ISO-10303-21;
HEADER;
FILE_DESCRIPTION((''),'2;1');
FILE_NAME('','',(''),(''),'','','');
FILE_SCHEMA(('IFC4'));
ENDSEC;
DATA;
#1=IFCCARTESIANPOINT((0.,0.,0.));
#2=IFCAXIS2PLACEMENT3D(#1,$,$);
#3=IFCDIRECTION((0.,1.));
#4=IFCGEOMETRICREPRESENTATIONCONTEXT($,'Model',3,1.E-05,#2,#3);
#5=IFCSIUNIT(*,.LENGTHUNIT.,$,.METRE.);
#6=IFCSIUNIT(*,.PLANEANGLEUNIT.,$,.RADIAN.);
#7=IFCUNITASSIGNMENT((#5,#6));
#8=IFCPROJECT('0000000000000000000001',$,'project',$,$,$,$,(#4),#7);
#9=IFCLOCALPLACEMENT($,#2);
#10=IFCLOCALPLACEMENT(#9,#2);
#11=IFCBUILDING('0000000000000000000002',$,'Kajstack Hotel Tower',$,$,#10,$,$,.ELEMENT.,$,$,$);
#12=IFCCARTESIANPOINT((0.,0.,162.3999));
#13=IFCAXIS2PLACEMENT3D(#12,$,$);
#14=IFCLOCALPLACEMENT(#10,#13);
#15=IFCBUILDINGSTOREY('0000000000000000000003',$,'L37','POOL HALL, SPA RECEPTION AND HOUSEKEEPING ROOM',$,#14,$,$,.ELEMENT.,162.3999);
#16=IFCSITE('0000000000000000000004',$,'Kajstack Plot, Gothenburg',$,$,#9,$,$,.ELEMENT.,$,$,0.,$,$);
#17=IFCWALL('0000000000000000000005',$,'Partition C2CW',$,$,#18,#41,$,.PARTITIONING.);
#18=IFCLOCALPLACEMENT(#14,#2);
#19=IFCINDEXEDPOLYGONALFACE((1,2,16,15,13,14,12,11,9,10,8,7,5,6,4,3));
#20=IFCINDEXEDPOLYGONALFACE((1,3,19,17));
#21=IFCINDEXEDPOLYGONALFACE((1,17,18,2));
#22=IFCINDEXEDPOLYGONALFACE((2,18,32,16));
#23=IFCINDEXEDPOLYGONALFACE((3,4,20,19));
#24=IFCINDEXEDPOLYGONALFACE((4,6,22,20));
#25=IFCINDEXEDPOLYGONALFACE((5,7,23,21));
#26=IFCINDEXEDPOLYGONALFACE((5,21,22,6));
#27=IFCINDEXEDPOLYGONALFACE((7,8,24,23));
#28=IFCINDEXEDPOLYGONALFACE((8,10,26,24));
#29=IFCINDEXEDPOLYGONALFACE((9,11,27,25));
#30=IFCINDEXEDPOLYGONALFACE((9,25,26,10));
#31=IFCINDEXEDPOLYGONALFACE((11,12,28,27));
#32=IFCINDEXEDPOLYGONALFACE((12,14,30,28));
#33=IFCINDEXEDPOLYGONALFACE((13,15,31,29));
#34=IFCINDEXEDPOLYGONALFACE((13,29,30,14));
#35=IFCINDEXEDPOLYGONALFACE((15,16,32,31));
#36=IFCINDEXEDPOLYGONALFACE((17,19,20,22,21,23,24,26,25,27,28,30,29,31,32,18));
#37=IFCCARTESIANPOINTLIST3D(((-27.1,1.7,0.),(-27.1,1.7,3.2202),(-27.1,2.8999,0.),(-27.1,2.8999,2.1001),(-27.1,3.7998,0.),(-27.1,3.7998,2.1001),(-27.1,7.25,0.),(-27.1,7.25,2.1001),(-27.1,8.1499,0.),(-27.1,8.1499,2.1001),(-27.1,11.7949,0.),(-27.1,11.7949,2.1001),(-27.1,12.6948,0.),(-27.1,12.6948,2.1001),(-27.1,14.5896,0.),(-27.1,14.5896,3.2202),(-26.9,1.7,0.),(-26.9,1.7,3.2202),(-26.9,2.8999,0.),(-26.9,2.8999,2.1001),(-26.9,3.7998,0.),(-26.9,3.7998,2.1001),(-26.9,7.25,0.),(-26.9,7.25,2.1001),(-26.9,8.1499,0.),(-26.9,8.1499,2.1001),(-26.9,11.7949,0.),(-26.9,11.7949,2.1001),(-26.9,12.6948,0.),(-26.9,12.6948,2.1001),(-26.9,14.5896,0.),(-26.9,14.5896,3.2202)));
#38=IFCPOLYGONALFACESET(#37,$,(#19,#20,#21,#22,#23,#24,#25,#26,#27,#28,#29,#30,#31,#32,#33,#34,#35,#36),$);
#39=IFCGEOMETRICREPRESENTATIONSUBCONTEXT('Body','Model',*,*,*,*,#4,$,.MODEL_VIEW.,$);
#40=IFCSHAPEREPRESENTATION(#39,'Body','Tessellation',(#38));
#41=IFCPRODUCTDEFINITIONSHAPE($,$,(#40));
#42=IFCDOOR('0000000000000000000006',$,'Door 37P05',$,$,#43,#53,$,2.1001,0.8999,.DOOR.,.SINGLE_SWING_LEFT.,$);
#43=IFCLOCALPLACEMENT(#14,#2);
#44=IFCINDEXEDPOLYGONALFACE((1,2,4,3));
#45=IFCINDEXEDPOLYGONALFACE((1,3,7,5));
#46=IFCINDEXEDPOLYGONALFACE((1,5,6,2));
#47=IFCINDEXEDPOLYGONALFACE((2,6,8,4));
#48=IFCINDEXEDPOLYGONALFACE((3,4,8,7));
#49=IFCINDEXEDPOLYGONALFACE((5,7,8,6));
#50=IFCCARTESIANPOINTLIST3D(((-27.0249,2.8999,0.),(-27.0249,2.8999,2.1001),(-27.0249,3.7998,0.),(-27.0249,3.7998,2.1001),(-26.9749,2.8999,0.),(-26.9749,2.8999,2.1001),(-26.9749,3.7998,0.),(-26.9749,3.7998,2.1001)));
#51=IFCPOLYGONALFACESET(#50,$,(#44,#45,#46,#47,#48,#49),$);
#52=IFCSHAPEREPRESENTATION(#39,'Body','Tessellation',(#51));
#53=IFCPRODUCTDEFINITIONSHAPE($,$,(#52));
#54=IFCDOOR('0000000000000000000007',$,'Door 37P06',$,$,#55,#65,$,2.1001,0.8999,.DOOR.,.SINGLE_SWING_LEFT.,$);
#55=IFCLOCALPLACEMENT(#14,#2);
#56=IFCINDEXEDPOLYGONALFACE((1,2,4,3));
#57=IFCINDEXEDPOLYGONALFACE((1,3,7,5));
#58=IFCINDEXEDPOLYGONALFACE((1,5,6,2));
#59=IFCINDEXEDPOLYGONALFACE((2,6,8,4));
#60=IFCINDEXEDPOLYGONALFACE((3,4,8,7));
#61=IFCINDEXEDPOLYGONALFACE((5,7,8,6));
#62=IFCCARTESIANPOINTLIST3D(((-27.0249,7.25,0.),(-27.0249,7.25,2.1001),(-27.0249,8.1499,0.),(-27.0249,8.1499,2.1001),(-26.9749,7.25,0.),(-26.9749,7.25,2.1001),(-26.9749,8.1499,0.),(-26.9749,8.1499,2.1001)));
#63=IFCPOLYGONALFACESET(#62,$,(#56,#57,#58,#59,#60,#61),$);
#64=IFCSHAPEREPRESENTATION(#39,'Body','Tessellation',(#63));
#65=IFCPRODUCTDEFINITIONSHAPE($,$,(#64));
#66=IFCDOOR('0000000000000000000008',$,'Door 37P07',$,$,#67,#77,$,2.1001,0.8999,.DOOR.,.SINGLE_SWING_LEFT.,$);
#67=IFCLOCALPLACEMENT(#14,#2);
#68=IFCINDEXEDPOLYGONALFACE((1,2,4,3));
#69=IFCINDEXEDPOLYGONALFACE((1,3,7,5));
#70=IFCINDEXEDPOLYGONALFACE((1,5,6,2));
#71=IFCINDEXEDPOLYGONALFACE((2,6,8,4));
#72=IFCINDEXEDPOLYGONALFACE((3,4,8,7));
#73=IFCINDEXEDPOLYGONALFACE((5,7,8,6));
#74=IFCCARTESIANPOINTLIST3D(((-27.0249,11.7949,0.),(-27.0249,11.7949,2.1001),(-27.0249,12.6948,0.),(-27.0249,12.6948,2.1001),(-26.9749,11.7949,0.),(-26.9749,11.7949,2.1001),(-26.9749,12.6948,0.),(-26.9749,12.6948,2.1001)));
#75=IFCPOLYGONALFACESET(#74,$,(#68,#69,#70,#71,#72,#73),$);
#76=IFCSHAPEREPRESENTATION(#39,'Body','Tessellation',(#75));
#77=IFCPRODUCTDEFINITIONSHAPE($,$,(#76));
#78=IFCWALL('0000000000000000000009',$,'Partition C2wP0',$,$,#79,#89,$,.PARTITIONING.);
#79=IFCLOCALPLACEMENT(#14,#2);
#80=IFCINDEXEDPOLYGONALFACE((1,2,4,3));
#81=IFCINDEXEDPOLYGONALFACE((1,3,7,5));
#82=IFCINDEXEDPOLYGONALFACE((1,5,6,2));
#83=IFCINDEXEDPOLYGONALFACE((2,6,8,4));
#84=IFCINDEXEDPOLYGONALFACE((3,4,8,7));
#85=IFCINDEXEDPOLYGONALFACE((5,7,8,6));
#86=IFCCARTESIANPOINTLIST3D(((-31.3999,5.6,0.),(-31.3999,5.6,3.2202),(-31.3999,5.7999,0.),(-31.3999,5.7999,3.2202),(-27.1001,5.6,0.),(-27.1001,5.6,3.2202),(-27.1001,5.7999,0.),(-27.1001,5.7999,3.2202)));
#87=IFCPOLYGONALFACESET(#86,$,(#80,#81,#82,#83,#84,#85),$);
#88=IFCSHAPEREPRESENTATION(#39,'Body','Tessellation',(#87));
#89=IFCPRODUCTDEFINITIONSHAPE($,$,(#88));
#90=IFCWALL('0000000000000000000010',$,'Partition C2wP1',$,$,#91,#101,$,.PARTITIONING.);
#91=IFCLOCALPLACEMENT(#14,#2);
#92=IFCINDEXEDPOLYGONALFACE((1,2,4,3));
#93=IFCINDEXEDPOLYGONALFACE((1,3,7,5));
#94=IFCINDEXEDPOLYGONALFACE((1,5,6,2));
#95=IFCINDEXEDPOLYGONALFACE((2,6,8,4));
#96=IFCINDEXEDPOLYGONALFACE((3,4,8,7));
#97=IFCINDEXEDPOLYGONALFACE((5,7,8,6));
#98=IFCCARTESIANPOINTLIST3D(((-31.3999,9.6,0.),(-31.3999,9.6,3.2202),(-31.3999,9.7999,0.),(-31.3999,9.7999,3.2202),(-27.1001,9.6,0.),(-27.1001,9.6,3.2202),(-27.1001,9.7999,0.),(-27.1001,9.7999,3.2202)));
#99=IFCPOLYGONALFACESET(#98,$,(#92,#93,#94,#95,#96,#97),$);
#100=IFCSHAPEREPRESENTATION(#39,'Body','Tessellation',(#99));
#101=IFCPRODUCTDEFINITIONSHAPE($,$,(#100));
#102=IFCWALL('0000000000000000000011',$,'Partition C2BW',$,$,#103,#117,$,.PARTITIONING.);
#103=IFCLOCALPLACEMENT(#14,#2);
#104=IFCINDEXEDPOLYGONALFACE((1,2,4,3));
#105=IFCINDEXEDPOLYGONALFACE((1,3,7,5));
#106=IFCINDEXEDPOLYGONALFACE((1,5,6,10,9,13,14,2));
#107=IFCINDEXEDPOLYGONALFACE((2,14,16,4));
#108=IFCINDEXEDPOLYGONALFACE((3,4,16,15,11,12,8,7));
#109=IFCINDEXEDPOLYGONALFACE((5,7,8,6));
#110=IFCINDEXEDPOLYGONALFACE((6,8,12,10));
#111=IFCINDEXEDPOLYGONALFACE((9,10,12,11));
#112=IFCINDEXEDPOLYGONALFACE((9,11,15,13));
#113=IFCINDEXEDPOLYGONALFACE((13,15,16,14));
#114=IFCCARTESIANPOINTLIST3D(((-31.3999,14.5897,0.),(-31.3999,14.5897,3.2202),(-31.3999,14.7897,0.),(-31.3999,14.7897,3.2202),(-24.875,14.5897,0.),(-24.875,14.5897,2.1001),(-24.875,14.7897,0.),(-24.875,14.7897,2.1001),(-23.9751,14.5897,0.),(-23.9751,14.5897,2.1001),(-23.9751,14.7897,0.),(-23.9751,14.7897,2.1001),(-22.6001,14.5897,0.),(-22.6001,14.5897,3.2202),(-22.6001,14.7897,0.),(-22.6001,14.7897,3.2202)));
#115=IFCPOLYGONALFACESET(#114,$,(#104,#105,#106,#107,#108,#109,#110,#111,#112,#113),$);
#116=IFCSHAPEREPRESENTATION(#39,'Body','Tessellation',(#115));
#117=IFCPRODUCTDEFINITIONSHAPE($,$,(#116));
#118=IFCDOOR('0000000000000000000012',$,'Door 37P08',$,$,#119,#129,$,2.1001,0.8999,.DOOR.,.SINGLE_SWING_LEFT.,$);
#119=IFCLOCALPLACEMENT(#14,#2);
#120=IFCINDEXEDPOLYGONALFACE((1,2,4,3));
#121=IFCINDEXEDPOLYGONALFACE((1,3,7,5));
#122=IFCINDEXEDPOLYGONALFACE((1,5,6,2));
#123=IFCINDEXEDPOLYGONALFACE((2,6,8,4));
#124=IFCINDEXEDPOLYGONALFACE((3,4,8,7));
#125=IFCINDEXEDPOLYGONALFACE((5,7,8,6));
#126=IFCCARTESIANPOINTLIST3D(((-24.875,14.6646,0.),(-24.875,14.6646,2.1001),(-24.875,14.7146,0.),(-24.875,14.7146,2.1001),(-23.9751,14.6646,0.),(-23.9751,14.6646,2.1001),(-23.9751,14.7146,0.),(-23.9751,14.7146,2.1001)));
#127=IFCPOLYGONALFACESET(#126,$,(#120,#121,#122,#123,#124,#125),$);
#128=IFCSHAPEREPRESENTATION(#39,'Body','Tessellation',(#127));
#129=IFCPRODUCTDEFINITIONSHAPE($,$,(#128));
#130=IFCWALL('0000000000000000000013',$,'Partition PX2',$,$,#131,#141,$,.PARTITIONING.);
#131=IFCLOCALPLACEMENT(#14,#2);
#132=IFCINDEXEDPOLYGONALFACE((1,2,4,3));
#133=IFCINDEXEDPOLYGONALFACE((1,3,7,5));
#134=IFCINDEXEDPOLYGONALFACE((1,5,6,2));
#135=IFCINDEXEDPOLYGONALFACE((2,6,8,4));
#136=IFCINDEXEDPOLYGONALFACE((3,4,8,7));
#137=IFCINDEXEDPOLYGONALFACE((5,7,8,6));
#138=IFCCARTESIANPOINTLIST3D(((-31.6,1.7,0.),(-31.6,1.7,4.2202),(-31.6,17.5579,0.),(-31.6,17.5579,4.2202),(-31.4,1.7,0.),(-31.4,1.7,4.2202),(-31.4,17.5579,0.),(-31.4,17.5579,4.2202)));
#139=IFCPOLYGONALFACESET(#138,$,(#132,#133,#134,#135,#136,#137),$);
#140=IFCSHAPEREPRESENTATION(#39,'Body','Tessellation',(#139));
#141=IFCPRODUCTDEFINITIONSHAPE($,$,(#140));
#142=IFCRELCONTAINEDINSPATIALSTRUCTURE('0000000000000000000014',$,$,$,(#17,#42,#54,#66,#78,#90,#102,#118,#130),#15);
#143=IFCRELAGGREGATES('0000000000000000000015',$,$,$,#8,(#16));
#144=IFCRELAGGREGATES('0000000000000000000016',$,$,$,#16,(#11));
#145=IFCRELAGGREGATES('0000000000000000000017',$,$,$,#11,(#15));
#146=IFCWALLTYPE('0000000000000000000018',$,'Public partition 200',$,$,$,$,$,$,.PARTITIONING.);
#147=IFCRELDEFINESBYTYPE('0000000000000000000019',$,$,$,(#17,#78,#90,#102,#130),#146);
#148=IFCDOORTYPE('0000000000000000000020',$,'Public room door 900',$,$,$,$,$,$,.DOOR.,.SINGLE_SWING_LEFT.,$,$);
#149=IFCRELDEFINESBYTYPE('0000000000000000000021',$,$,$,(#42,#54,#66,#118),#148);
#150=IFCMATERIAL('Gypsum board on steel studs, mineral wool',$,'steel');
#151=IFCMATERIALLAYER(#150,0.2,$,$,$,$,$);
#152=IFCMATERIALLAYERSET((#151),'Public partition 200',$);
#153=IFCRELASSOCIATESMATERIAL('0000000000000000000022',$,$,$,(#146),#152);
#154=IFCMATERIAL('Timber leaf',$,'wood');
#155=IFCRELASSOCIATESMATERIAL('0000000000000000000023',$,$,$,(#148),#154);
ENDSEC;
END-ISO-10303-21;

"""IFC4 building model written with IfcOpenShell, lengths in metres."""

from ifc_helpers import new_model, si_unit, direction, frame, frame_2d, origin, place, context, subcontext, project, spatial, rectangle, extrude, material, layer, layer_set, type_object, element, fill, save


model = new_model("IFC4")

# Units and contexts
model_context = context("Model", 3, precision=1e-05, world=origin(), true_north=direction((0.0, 1.0)))
body_context = subcontext(model_context, "Body", "Model", "MODEL_VIEW")
ifc_project = project(units=[si_unit("LENGTHUNIT", "METRE"), si_unit("PLANEANGLEUNIT", "RADIAN")], contexts=[model_context])

# Site, building, storey
site_placement = place(None, origin())
site = spatial("IfcSite", under=ifc_project, at=site_placement, Name="Kajstack Plot, Gothenburg", CompositionType="ELEMENT", RefElevation=0.0)
building_placement = place(site_placement, origin())
building = spatial("IfcBuilding", under=site, at=building_placement, Name="Kajstack Hotel Tower", CompositionType="ELEMENT")
storey_placement = place(building_placement, frame((0.0, 0.0, 162.3999)))
storey = spatial("IfcBuildingStorey", under=building, at=storey_placement, Name="L37", Description="POOL HALL, SPA RECEPTION AND HOUSEKEEPING ROOM", CompositionType="ELEMENT", Elevation=162.3999)

# Shared definitions
ifc_material_1 = material(Name="Gypsum board on steel studs, mineral wool", Category="steel")
ifc_layer_1 = layer(ifc_material_1, 0.2)
ifc_layer_set_1 = layer_set([ifc_layer_1], Name="Public partition 200")
wall_type = type_object("IfcWallType", Name="Public partition 200", PredefinedType="PARTITIONING", material=ifc_layer_set_1)

# Wall, openings, doors
wall_1_placement = place(storey_placement, frame((-27.0, 1.7, 0.0), z_axis=(0.0, 0.0, 1.0), x_axis=(0.0, 1.0, 0.0)))
wall_1 = element("IfcWall", 1, at=wall_1_placement, inside=storey, type_object=wall_type, Name="Partition C2CW", PredefinedType="PARTITIONING", context=body_context, shape_type="SweptSolid", body=[
    extrude(rectangle(XDim=12.8896, YDim=0.2, at=frame_2d((6.4448, 0.0))), origin(), (0.0, 0.0, 1.0), 3.2202),
])
opening_1_placement = place(wall_1_placement, frame((1.2, 0.0, 0.0)))
opening_1 = element("IfcOpeningElement", 2, at=opening_1_placement, cuts=wall_1, PredefinedType="OPENING", context=body_context, shape_type="SweptSolid", body=[
    extrude(rectangle(XDim=0.8999, YDim=2.1001, at=frame_2d((0.45, 1.05))), frame((0.0, 0.1099, 0.0), z_axis=(0.0, -1.0, 0.0), x_axis=(1.0, 0.0, 0.0)), (0.0, 0.0, 1.0), 0.22),
])
opening_2_placement = place(wall_1_placement, frame((5.55, 0.0, 0.0)))
opening_2 = element("IfcOpeningElement", 3, at=opening_2_placement, cuts=wall_1, PredefinedType="OPENING", context=body_context, shape_type="SweptSolid", body=[
    extrude(rectangle(XDim=0.8999, YDim=2.1001, at=frame_2d((0.45, 1.05))), frame((0.0, 0.1099, 0.0), z_axis=(0.0, -1.0, 0.0), x_axis=(1.0, 0.0, 0.0)), (0.0, 0.0, 1.0), 0.22),
])
opening_3_placement = place(wall_1_placement, frame((10.095, 0.0, 0.0)))
opening_3 = element("IfcOpeningElement", 4, at=opening_3_placement, cuts=wall_1, PredefinedType="OPENING", context=body_context, shape_type="SweptSolid", body=[
    extrude(rectangle(XDim=0.8999, YDim=2.1001, at=frame_2d((0.45, 1.05))), frame((0.0, 0.1099, 0.0), z_axis=(0.0, -1.0, 0.0), x_axis=(1.0, 0.0, 0.0)), (0.0, 0.0, 1.0), 0.22),
])
ifc_material_2 = material(Name="Timber leaf", Category="wood")
door_type = type_object("IfcDoorType", Name="Public room door 900", OperationType="SINGLE_SWING_LEFT", PredefinedType="DOOR", material=ifc_material_2)
door_1_placement = place(opening_1_placement, origin())
door_1 = element("IfcDoor", 5, at=door_1_placement, inside=storey, type_object=door_type, Name="Door 37P05", OperationType="SINGLE_SWING_LEFT", OverallHeight=2.1001, OverallWidth=0.8999, PredefinedType="DOOR", context=body_context, shape_type="SweptSolid", body=[
    extrude(rectangle(XDim=0.8999, YDim=2.1001, at=frame_2d((0.45, 1.05))), frame((0.0, 0.0249, 0.0), z_axis=(0.0, -1.0, 0.0), x_axis=(1.0, 0.0, 0.0)), (0.0, 0.0, 1.0), 0.05),
])
fill(opening_1, door_1)
door_2_placement = place(opening_2_placement, origin())
door_2 = element("IfcDoor", 6, at=door_2_placement, inside=storey, type_object=door_type, Name="Door 37P06", OperationType="SINGLE_SWING_LEFT", OverallHeight=2.1001, OverallWidth=0.8999, PredefinedType="DOOR", context=body_context, shape_type="SweptSolid", body=[
    extrude(rectangle(XDim=0.8999, YDim=2.1001, at=frame_2d((0.45, 1.05))), frame((0.0, 0.0249, 0.0), z_axis=(0.0, -1.0, 0.0), x_axis=(1.0, 0.0, 0.0)), (0.0, 0.0, 1.0), 0.05),
])
fill(opening_2, door_2)
door_3_placement = place(opening_3_placement, origin())
door_3 = element("IfcDoor", 7, at=door_3_placement, inside=storey, type_object=door_type, Name="Door 37P07", OperationType="SINGLE_SWING_LEFT", OverallHeight=2.1001, OverallWidth=0.8999, PredefinedType="DOOR", context=body_context, shape_type="SweptSolid", body=[
    extrude(rectangle(XDim=0.8999, YDim=2.1001, at=frame_2d((0.45, 1.05))), frame((0.0, 0.0249, 0.0), z_axis=(0.0, -1.0, 0.0), x_axis=(1.0, 0.0, 0.0)), (0.0, 0.0, 1.0), 0.05),
])
fill(opening_3, door_3)

# Walls
for number, where, z_axis, x_axis, name in (
    (8, (-31.3999, 5.7, 0.0), (0.0, 0.0, 1.0), (1.0, 0.0, 0.0), "Partition C2wP0"),
    (9, (-31.3999, 9.7, 0.0), (0.0, 0.0, 1.0), (1.0, 0.0, 0.0), "Partition C2wP1"),
):
    element("IfcWall", number, at=place(storey_placement, frame(where, z_axis=z_axis, x_axis=x_axis)), inside=storey, type_object=wall_type, Name=name, PredefinedType="PARTITIONING", context=body_context, shape_type="SweptSolid", body=[
        extrude(rectangle(XDim=4.2998, YDim=0.2, at=frame_2d((2.1499, 0.0))), origin(), (0.0, 0.0, 1.0), 3.2202),
    ])

# Wall, opening, door
wall_2_placement = place(storey_placement, frame((-31.3999, 14.6897, 0.0), z_axis=(0.0, 0.0, 1.0), x_axis=(1.0, 0.0, 0.0)))
wall_2 = element("IfcWall", 10, at=wall_2_placement, inside=storey, type_object=wall_type, Name="Partition C2BW", PredefinedType="PARTITIONING", context=body_context, shape_type="SweptSolid", body=[
    extrude(rectangle(XDim=8.7998, YDim=0.2, at=frame_2d((4.3999, 0.0))), origin(), (0.0, 0.0, 1.0), 3.2202),
])
opening_4_placement = place(wall_2_placement, frame((6.5249, 0.0, 0.0)))
opening_4 = element("IfcOpeningElement", 11, at=opening_4_placement, cuts=wall_2, PredefinedType="OPENING", context=body_context, shape_type="SweptSolid", body=[
    extrude(rectangle(XDim=0.8999, YDim=2.1001, at=frame_2d((0.45, 1.05))), frame((0.0, 0.1099, 0.0), z_axis=(0.0, -1.0, 0.0), x_axis=(1.0, 0.0, 0.0)), (0.0, 0.0, 1.0), 0.22),
])
door_4_placement = place(opening_4_placement, origin())
door_4 = element("IfcDoor", 12, at=door_4_placement, inside=storey, type_object=door_type, Name="Door 37P08", OperationType="SINGLE_SWING_LEFT", OverallHeight=2.1001, OverallWidth=0.8999, PredefinedType="DOOR", context=body_context, shape_type="SweptSolid", body=[
    extrude(rectangle(XDim=0.8999, YDim=2.1001, at=frame_2d((0.45, 1.05))), frame((0.0, 0.0249, 0.0), z_axis=(0.0, -1.0, 0.0), x_axis=(1.0, 0.0, 0.0)), (0.0, 0.0, 1.0), 0.05),
])
fill(opening_4, door_4)

# Wall
wall_3_placement = place(storey_placement, frame((-31.5, 1.7, 0.0), z_axis=(0.0, 0.0, 1.0), x_axis=(0.0, 1.0, 0.0)))
element("IfcWall", 13, at=wall_3_placement, inside=storey, type_object=wall_type, Name="Partition PX2", PredefinedType="PARTITIONING", context=body_context, shape_type="SweptSolid", body=[
    extrude(rectangle(XDim=15.8579, YDim=0.2, at=frame_2d((7.929, 0.0))), origin(), (0.0, 0.0, 1.0), 4.2202),
])

save(model, "model.ifc")
